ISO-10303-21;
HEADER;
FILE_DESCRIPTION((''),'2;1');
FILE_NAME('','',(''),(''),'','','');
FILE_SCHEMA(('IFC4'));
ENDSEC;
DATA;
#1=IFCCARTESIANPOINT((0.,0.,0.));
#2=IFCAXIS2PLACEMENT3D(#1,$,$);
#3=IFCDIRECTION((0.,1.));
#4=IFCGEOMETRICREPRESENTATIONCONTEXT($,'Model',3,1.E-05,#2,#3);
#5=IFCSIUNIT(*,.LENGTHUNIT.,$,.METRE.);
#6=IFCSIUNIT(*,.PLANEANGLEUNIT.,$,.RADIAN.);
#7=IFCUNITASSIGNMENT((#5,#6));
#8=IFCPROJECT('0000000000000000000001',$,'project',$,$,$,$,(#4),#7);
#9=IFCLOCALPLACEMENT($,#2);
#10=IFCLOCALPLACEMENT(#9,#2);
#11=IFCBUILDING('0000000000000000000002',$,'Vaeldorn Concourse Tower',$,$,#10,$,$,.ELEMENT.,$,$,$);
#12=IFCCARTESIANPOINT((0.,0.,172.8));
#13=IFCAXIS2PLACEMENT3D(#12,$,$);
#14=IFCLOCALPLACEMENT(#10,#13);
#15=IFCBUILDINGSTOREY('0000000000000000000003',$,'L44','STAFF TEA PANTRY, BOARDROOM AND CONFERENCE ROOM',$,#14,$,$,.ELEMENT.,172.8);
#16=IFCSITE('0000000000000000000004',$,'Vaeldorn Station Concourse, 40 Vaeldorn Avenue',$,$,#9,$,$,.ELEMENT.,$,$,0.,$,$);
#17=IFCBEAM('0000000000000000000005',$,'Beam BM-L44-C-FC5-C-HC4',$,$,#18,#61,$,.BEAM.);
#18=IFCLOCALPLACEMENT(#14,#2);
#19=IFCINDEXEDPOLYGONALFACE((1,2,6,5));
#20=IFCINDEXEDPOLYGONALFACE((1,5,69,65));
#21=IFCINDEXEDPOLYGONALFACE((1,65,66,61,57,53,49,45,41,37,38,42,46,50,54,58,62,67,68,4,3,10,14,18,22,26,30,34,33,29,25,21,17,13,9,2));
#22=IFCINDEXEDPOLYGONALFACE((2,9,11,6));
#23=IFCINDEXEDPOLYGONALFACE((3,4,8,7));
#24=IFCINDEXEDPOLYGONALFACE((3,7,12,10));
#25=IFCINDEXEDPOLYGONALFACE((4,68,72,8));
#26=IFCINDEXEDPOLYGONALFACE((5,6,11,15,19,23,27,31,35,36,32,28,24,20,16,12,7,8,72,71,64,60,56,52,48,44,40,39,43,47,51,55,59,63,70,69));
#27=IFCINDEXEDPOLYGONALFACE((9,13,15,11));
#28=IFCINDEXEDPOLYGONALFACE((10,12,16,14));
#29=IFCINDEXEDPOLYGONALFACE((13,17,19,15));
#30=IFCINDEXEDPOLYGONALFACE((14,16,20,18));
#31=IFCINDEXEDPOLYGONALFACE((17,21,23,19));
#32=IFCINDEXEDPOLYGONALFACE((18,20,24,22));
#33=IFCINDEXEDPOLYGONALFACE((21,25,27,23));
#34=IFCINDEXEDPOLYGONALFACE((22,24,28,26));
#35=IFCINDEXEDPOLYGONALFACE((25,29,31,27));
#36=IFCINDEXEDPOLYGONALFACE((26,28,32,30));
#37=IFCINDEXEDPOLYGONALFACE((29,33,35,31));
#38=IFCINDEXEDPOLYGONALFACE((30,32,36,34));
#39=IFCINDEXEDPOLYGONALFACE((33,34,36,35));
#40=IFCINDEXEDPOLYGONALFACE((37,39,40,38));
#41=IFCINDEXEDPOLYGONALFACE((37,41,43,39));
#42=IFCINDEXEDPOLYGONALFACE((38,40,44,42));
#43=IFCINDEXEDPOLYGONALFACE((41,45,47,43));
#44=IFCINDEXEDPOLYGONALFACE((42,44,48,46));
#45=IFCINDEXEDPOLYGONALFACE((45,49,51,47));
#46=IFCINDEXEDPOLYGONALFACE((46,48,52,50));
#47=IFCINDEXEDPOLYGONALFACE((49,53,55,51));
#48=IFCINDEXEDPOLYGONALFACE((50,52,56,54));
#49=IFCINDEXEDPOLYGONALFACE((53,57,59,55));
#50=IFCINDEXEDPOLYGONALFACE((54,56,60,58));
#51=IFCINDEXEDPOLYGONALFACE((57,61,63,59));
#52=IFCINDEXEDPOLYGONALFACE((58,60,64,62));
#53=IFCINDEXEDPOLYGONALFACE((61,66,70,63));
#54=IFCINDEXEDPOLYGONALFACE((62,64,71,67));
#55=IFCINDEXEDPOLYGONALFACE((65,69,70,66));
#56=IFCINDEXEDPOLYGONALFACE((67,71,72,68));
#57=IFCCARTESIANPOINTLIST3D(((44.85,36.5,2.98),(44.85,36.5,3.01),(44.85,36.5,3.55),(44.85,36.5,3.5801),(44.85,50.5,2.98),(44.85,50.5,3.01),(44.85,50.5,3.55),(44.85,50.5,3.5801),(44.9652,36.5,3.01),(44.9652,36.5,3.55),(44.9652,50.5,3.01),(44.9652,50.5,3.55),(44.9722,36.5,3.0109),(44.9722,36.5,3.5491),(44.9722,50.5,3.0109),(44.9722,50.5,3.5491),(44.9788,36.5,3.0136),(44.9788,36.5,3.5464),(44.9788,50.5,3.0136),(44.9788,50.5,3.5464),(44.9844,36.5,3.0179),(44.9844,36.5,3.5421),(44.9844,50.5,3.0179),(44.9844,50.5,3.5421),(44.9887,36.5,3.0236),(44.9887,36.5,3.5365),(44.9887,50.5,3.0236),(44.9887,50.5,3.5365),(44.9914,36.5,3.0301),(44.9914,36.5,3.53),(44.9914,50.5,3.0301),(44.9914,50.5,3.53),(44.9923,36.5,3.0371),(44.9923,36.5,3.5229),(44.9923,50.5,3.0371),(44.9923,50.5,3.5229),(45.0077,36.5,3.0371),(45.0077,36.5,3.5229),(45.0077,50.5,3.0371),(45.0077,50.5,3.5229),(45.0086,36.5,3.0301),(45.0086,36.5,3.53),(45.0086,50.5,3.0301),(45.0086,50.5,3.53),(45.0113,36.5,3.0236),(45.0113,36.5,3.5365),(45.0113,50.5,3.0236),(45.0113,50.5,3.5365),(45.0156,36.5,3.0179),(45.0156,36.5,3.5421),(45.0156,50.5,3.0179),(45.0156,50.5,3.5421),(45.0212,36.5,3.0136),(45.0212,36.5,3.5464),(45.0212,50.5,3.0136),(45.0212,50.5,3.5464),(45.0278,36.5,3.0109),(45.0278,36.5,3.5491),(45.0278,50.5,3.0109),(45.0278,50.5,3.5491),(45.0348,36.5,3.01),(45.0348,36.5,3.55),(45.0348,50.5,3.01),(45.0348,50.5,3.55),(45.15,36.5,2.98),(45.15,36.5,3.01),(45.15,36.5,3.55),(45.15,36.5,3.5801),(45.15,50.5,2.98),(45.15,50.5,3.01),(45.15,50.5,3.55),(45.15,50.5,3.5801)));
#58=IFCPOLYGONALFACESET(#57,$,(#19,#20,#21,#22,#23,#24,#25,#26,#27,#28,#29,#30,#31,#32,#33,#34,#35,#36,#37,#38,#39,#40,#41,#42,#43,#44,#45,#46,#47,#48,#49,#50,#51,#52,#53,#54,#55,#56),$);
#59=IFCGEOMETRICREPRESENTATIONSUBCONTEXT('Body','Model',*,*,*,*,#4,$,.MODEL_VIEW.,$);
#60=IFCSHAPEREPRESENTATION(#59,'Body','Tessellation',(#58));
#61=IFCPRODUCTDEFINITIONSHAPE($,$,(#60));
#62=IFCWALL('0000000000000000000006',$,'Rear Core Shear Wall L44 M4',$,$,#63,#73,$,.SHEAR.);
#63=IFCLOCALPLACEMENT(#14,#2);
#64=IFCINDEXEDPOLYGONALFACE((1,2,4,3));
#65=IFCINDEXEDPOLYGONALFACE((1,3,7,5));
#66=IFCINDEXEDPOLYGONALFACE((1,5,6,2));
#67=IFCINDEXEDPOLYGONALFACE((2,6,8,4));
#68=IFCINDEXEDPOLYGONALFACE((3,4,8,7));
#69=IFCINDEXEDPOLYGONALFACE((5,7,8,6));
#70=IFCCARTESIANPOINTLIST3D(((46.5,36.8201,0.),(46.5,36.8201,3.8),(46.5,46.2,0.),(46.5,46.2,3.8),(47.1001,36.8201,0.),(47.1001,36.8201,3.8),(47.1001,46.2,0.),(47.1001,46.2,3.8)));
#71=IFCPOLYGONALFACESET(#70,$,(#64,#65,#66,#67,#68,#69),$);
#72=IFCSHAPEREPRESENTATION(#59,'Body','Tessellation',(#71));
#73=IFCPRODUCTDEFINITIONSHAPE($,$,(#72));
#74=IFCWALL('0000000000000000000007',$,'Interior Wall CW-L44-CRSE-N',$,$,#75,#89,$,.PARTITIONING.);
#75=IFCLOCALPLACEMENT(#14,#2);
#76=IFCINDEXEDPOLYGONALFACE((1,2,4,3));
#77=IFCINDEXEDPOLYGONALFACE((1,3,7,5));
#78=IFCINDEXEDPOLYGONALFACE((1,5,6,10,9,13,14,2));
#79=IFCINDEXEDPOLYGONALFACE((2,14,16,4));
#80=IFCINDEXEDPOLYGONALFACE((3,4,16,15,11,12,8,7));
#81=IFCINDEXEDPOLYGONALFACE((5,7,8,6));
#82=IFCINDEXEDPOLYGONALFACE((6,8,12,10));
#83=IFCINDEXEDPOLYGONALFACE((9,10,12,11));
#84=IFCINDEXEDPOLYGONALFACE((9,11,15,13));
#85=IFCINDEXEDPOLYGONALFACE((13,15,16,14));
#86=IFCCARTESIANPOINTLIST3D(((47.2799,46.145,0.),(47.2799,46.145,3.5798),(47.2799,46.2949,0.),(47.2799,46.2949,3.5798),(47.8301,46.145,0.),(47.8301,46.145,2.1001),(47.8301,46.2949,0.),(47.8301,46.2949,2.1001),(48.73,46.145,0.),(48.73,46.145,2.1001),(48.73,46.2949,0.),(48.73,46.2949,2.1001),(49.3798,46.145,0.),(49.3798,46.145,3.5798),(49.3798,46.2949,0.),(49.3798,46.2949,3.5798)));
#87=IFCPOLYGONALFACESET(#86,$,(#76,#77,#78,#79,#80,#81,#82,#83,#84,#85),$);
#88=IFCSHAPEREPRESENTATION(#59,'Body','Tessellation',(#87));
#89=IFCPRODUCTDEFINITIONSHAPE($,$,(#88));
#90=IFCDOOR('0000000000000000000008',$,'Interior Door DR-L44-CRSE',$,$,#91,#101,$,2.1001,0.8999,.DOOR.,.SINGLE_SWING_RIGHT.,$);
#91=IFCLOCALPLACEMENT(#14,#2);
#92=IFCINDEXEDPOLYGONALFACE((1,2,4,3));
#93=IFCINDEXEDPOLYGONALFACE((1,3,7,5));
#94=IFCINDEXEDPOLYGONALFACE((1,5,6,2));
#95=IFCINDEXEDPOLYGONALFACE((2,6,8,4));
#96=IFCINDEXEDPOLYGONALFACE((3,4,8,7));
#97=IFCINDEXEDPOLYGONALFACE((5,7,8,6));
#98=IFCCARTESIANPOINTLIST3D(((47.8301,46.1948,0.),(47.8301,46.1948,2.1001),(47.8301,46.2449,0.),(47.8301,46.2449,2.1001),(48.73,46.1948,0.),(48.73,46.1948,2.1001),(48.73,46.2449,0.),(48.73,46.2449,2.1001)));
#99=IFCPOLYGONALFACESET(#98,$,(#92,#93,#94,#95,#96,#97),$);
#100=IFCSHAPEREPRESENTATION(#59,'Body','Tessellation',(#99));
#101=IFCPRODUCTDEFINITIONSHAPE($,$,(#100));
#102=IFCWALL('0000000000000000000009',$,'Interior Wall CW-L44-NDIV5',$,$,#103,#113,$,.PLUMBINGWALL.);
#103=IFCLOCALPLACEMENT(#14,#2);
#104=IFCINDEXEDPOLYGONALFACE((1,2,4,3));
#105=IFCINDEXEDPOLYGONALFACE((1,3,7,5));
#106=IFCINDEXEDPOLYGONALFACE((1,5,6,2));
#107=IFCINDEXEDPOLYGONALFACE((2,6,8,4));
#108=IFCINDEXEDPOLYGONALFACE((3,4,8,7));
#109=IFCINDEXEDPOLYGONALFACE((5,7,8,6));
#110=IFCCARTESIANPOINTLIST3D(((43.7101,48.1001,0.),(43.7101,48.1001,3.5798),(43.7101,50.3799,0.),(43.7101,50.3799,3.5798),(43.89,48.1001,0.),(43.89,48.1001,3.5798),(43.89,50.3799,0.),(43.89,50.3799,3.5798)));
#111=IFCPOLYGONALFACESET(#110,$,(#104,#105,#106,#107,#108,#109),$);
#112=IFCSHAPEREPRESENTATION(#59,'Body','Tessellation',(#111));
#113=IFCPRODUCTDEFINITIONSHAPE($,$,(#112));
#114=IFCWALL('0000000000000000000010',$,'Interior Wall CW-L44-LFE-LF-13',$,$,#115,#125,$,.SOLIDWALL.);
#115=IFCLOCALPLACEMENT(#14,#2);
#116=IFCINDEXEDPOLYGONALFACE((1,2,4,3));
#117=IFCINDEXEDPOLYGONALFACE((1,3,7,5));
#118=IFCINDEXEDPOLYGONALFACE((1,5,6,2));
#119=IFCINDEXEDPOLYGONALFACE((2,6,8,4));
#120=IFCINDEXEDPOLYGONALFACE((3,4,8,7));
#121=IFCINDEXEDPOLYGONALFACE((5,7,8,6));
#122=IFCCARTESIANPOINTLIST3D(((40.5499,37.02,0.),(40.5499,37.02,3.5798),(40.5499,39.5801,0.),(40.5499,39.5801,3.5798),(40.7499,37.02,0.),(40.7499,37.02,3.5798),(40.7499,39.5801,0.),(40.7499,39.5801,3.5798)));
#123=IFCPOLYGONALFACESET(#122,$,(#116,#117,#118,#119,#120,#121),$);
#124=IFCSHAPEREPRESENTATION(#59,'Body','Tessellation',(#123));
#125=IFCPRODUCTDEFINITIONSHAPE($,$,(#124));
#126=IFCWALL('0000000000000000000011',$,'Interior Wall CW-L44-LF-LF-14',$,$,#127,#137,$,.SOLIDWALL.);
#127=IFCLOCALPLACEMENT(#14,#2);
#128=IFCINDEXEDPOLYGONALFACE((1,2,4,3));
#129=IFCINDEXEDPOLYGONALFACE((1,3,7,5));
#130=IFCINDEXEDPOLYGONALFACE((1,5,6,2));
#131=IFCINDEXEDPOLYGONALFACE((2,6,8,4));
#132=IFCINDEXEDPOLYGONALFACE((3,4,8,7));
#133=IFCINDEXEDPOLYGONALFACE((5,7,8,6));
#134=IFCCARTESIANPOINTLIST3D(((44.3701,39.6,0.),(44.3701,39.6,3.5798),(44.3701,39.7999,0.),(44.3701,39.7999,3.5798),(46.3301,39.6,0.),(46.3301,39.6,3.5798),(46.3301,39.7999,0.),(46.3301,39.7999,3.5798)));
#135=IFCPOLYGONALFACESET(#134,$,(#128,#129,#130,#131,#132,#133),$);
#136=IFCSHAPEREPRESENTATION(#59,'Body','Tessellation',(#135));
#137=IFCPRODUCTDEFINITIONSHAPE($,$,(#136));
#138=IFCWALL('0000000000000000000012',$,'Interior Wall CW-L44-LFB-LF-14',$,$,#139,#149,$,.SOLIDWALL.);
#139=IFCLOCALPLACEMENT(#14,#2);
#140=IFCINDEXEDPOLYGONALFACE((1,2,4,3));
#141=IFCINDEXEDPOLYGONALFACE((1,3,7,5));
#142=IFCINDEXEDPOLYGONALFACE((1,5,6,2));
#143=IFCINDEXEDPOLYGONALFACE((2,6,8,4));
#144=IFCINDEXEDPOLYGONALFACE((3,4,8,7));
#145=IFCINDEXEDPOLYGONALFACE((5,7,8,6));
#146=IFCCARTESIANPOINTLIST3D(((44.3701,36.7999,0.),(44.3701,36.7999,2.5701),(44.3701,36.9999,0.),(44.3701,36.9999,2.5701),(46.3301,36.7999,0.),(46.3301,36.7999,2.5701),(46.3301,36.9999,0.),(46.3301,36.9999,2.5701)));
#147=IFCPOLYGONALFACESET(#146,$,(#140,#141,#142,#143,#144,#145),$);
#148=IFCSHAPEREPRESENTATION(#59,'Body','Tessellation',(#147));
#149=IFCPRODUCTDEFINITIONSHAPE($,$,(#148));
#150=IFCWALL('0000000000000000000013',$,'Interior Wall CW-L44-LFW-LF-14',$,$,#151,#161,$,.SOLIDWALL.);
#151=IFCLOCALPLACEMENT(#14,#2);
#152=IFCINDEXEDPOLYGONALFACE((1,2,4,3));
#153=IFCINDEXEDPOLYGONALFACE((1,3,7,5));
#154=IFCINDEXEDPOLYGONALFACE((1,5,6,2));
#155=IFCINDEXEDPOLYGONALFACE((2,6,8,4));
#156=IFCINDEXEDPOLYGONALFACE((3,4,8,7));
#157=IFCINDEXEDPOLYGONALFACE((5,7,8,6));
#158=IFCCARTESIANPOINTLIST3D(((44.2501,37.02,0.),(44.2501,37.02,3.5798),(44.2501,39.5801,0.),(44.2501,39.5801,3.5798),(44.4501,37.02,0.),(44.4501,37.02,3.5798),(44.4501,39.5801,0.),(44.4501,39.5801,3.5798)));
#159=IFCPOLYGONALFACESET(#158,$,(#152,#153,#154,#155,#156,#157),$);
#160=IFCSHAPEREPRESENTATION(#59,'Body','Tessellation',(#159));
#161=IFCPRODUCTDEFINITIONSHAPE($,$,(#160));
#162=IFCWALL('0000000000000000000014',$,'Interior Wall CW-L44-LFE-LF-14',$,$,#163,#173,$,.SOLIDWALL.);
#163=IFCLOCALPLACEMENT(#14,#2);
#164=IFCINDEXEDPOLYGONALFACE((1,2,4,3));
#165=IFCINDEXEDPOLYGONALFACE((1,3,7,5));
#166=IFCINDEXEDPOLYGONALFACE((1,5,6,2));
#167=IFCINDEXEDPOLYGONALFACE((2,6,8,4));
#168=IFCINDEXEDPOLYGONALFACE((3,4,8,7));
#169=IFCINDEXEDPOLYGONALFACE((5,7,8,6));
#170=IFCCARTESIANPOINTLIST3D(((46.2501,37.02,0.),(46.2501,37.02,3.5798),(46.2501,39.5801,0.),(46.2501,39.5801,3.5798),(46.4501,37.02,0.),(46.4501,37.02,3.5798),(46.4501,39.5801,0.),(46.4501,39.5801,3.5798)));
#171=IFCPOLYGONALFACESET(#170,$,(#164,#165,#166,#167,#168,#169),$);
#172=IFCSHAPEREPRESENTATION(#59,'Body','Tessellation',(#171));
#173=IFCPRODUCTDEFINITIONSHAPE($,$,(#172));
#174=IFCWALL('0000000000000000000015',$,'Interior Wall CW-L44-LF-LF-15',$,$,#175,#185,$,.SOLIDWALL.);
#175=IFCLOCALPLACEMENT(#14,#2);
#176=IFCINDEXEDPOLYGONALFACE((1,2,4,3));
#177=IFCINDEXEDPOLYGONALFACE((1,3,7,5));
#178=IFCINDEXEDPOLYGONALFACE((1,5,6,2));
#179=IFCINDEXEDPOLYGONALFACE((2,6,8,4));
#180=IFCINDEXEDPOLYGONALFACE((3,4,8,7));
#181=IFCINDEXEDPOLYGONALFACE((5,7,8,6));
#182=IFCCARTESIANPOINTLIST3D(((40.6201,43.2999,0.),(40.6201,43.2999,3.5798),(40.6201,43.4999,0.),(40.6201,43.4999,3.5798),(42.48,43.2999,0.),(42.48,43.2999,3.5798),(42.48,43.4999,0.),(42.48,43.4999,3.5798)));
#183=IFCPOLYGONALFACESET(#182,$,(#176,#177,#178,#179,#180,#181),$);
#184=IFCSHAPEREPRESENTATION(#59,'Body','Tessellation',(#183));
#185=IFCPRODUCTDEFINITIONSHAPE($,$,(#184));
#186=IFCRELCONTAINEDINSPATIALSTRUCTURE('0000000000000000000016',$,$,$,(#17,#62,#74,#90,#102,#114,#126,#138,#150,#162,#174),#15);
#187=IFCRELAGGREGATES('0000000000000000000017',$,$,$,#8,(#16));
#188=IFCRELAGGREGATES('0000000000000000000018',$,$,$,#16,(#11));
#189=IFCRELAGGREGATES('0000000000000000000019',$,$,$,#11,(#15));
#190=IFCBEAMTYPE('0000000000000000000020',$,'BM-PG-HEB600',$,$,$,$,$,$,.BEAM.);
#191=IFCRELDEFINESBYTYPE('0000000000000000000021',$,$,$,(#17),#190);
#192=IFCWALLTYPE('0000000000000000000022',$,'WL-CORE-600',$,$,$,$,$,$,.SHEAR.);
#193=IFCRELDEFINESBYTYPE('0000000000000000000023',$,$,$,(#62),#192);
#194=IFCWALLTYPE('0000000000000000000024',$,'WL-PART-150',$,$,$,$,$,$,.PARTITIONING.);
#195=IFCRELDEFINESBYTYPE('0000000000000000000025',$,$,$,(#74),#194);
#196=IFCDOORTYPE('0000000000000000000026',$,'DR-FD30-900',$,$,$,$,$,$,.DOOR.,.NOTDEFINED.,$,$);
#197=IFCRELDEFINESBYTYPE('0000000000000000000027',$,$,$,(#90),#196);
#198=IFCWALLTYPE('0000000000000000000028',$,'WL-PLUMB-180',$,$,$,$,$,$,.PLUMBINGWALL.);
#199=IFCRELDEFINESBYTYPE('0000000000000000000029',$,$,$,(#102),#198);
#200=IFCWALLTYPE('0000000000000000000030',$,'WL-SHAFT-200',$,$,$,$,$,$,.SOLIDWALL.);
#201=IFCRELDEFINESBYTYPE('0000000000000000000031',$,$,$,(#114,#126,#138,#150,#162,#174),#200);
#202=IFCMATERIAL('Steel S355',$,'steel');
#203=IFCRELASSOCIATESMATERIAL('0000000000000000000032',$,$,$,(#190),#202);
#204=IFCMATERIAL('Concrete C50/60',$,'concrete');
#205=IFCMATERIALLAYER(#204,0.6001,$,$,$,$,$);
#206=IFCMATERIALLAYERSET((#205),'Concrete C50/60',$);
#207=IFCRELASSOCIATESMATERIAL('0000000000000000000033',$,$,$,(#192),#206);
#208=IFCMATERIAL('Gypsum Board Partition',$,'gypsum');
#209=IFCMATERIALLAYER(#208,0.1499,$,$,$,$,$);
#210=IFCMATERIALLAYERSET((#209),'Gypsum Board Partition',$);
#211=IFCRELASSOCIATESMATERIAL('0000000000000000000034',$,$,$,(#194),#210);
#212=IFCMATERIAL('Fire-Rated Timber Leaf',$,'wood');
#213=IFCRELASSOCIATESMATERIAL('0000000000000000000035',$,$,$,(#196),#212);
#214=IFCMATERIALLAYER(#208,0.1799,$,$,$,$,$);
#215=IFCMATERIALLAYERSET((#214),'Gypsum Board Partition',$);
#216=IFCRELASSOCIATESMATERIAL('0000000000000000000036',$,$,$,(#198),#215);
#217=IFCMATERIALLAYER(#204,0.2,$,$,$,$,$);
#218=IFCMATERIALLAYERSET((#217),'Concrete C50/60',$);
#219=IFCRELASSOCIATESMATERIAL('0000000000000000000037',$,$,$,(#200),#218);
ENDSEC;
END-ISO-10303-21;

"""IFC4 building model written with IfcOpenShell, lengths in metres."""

from ifc_helpers import new_model, si_unit, direction, frame, frame_2d, origin, origin_2d, place, context, subcontext, project, spatial, rectangle, i_section, extrude, source, transform, mapped, material, layer, layer_set, material_profile, profile_set, type_object, element, fill, save


model = new_model("IFC4")

# Units and contexts
model_context = context("Model", 3, precision=1e-05, world=origin(), true_north=direction((0.0, 1.0)))
body_context = subcontext(model_context, "Body", "Model", "MODEL_VIEW")
ifc_project = project(units=[si_unit("LENGTHUNIT", "METRE"), si_unit("PLANEANGLEUNIT", "RADIAN")], contexts=[model_context])

# Site, building, storey
site_placement = place(None, origin())
site = spatial("IfcSite", under=ifc_project, at=site_placement, Name="Vaeldorn Station Concourse, 40 Vaeldorn Avenue", CompositionType="ELEMENT", RefElevation=0.0)
building_placement = place(site_placement, origin())
building = spatial("IfcBuilding", under=site, at=building_placement, Name="Vaeldorn Concourse Tower", CompositionType="ELEMENT")
storey_placement = place(building_placement, frame((0.0, 0.0, 172.8)))
storey = spatial("IfcBuildingStorey", under=building, at=storey_placement, Name="L44", Description="STAFF TEA PANTRY, BOARDROOM AND CONFERENCE ROOM", CompositionType="ELEMENT", Elevation=172.8)

# Beam
ifc_material_1 = material(Name="Concrete C50/60", Category="concrete")
ifc_material_2 = material(Name="Steel S355", Category="steel")
ifc_material_profile_1 = material_profile(ifc_material_2, i_section(OverallWidth=0.3, OverallDepth=0.6001, WebThickness=0.0154, FlangeThickness=0.03, FilletRadius=0.0271, at=origin_2d()), Name="HEB 600")
ifc_profile_set_1 = profile_set([ifc_material_profile_1], Name="Steel S355")
beam_type_1 = type_object("IfcBeamType", Name="BM-PG-HEB600", PredefinedType="BEAM", material=ifc_profile_set_1)
shared_shape_1 = source(origin(), body_context, "Body", "SweptSolid", [
    extrude(i_section(OverallWidth=0.3, OverallDepth=0.6001, WebThickness=0.0154, FlangeThickness=0.03, FilletRadius=0.0271, at=origin_2d()), origin(), (0.0, 0.0, 1.0), 14.0),
])
beam_1_placement = place(storey_placement, frame((45.0, 36.5, 3.28), z_axis=(0.0, 1.0, 0.0), x_axis=(-1.0, 0.0, 0.0)))
element("IfcBeam", 1, at=beam_1_placement, inside=storey, type_object=beam_type_1, Name="Beam BM-L44-C-FC5-C-HC4", PredefinedType="BEAM", context=body_context, shape_type="MappedRepresentation", body=[
    mapped(shared_shape_1, transform((0.0, 0.0, 0.0), scale=1.0)),
])

# Wall
ifc_layer_1 = layer(ifc_material_1, 0.6001)
ifc_layer_set_1 = layer_set([ifc_layer_1], Name="Concrete C50/60")
wall_type_1 = type_object("IfcWallType", Name="WL-CORE-600", PredefinedType="SHEAR", material=ifc_layer_set_1)
wall_1_placement = place(storey_placement, frame((46.8, 36.8201, 0.0), z_axis=(0.0, 0.0, 1.0), x_axis=(0.0, 1.0, 0.0)))
element("IfcWall", 2, at=wall_1_placement, inside=storey, type_object=wall_type_1, Name="Rear Core Shear Wall L44 M4", PredefinedType="SHEAR", context=body_context, shape_type="SweptSolid", body=[
    extrude(rectangle(XDim=9.3799, YDim=0.6001, at=frame_2d((4.6899, 0.0))), origin(), (0.0, 0.0, 1.0), 3.8),
])

# Wall, opening, door
ifc_material_3 = material(Name="Gypsum Board Partition", Category="gypsum")
ifc_layer_2 = layer(ifc_material_3, 0.1499)
ifc_layer_set_2 = layer_set([ifc_layer_2], Name="Gypsum Board Partition")
wall_type_2 = type_object("IfcWallType", Name="WL-PART-150", PredefinedType="PARTITIONING", material=ifc_layer_set_2)
wall_2_placement = place(storey_placement, frame((47.28, 46.22, 0.0), z_axis=(0.0, 0.0, 1.0), x_axis=(1.0, 0.0, 0.0)))
wall_2 = element("IfcWall", 3, at=wall_2_placement, inside=storey, type_object=wall_type_2, Name="Interior Wall CW-L44-CRSE-N", PredefinedType="PARTITIONING", context=body_context, shape_type="SweptSolid", body=[
    extrude(rectangle(XDim=2.0999, YDim=0.1499, at=frame_2d((1.0498, 0.0))), origin(), (0.0, 0.0, 1.0), 3.5798),
])
opening_1_placement = place(wall_2_placement, frame((0.55, 0.0, 0.0)))
opening_1 = element("IfcOpeningElement", 4, at=opening_1_placement, cuts=wall_2, PredefinedType="OPENING", context=body_context, shape_type="SweptSolid", body=[
    extrude(rectangle(XDim=0.8999, YDim=2.1001, at=frame_2d((0.45, 1.05))), frame((0.0, 0.085, 0.0), z_axis=(0.0, -1.0, 0.0), x_axis=(1.0, 0.0, 0.0)), (0.0, 0.0, 1.0), 0.1699),
])
ifc_material_4 = material(Name="Fire-Rated Timber Leaf", Category="wood")
door_type_1 = type_object("IfcDoorType", Name="DR-FD30-900", OperationType="NOTDEFINED", PredefinedType="DOOR", material=ifc_material_4)
shared_shape_2 = source(origin(), body_context, "Body", "SweptSolid", [
    extrude(rectangle(XDim=0.8999, YDim=2.1001, at=frame_2d((0.45, 1.05))), frame((0.0, 0.0249, 0.0), z_axis=(0.0, -1.0, 0.0), x_axis=(1.0, 0.0, 0.0)), (0.0, 0.0, 1.0), 0.05),
])
door_1_placement = place(opening_1_placement, origin())
door_1 = element("IfcDoor", 5, at=door_1_placement, inside=storey, type_object=door_type_1, Name="Interior Door DR-L44-CRSE", OperationType="SINGLE_SWING_RIGHT", OverallHeight=2.1001, OverallWidth=0.8999, PredefinedType="DOOR", context=body_context, shape_type="MappedRepresentation", body=[
    mapped(shared_shape_2, transform((0.0, 0.0, 0.0), scale=1.0)),
])
fill(opening_1, door_1)

# Wall
ifc_layer_3 = layer(ifc_material_3, 0.1799)
ifc_layer_set_3 = layer_set([ifc_layer_3], Name="Gypsum Board Partition")
wall_type_3 = type_object("IfcWallType", Name="WL-PLUMB-180", PredefinedType="PLUMBINGWALL", material=ifc_layer_set_3)
wall_3_placement = place(storey_placement, frame((43.8, 48.1001, 0.0), z_axis=(0.0, 0.0, 1.0), x_axis=(0.0, 1.0, 0.0)))
element("IfcWall", 6, at=wall_3_placement, inside=storey, type_object=wall_type_3, Name="Interior Wall CW-L44-NDIV5", PredefinedType="PLUMBINGWALL", context=body_context, shape_type="SweptSolid", body=[
    extrude(rectangle(XDim=2.2798, YDim=0.1799, at=frame_2d((1.1399, 0.0))), origin(), (0.0, 0.0, 1.0), 3.5798),
])

# Shared definitions
ifc_layer_4 = layer(ifc_material_1, 0.2)
ifc_layer_set_4 = layer_set([ifc_layer_4], Name="Concrete C50/60")
wall_type_4 = type_object("IfcWallType", Name="WL-SHAFT-200", PredefinedType="SOLIDWALL", material=ifc_layer_set_4)

# Walls
wall_4_placement = place(storey_placement, frame((40.6499, 37.02, 0.0), z_axis=(0.0, 0.0, 1.0), x_axis=(0.0, 1.0, 0.0)))
element("IfcWall", 7, at=wall_4_placement, inside=storey, type_object=wall_type_4, Name="Interior Wall CW-L44-LFE-LF-13", PredefinedType="SOLIDWALL", context=body_context, shape_type="SweptSolid", body=[
    extrude(rectangle(XDim=2.5601, YDim=0.2, at=frame_2d((1.28, 0.0))), origin(), (0.0, 0.0, 1.0), 3.5798),
])
wall_5_placement = place(storey_placement, frame((44.3701, 39.7, 0.0), z_axis=(0.0, 0.0, 1.0), x_axis=(1.0, 0.0, 0.0)))
element("IfcWall", 8, at=wall_5_placement, inside=storey, type_object=wall_type_4, Name="Interior Wall CW-L44-LF-LF-14", PredefinedType="SOLIDWALL", context=body_context, shape_type="SweptSolid", body=[
    extrude(rectangle(XDim=1.96, YDim=0.2, at=frame_2d((0.98, 0.0))), origin(), (0.0, 0.0, 1.0), 3.5798),
])
wall_6_placement = place(storey_placement, frame((44.3701, 36.8999, 0.0), z_axis=(0.0, 0.0, 1.0), x_axis=(1.0, 0.0, 0.0)))
element("IfcWall", 9, at=wall_6_placement, inside=storey, type_object=wall_type_4, Name="Interior Wall CW-L44-LFB-LF-14", PredefinedType="SOLIDWALL", context=body_context, shape_type="SweptSolid", body=[
    extrude(rectangle(XDim=1.96, YDim=0.2, at=frame_2d((0.98, 0.0))), origin(), (0.0, 0.0, 1.0), 2.5701),
])
for number, where, z_axis, x_axis, name in (
    (10, (44.3501, 37.02, 0.0), (0.0, 0.0, 1.0), (0.0, 1.0, 0.0), "Interior Wall CW-L44-LFW-LF-14"),
    (11, (46.3501, 37.02, 0.0), (0.0, 0.0, 1.0), (0.0, 1.0, 0.0), "Interior Wall CW-L44-LFE-LF-14"),
):
    element("IfcWall", number, at=place(storey_placement, frame(where, z_axis=z_axis, x_axis=x_axis)), inside=storey, type_object=wall_type_4, Name=name, PredefinedType="SOLIDWALL", context=body_context, shape_type="SweptSolid", body=[
        extrude(rectangle(XDim=2.5601, YDim=0.2, at=frame_2d((1.28, 0.0))), origin(), (0.0, 0.0, 1.0), 3.5798),
    ])
for number, where, z_axis, x_axis, name in (
    (12, (40.6201, 43.3999, 0.0), (0.0, 0.0, 1.0), (1.0, 0.0, 0.0), "Interior Wall CW-L44-LF-LF-15"),
):
    element("IfcWall", number, at=place(storey_placement, frame(where, z_axis=z_axis, x_axis=x_axis)), inside=storey, type_object=wall_type_4, Name=name, PredefinedType="SOLIDWALL", context=body_context, shape_type="SweptSolid", body=[
        extrude(rectangle(XDim=1.8599, YDim=0.2, at=frame_2d((0.9299, 0.0))), origin(), (0.0, 0.0, 1.0), 3.5798),
    ])

save(model, "model.ifc")
